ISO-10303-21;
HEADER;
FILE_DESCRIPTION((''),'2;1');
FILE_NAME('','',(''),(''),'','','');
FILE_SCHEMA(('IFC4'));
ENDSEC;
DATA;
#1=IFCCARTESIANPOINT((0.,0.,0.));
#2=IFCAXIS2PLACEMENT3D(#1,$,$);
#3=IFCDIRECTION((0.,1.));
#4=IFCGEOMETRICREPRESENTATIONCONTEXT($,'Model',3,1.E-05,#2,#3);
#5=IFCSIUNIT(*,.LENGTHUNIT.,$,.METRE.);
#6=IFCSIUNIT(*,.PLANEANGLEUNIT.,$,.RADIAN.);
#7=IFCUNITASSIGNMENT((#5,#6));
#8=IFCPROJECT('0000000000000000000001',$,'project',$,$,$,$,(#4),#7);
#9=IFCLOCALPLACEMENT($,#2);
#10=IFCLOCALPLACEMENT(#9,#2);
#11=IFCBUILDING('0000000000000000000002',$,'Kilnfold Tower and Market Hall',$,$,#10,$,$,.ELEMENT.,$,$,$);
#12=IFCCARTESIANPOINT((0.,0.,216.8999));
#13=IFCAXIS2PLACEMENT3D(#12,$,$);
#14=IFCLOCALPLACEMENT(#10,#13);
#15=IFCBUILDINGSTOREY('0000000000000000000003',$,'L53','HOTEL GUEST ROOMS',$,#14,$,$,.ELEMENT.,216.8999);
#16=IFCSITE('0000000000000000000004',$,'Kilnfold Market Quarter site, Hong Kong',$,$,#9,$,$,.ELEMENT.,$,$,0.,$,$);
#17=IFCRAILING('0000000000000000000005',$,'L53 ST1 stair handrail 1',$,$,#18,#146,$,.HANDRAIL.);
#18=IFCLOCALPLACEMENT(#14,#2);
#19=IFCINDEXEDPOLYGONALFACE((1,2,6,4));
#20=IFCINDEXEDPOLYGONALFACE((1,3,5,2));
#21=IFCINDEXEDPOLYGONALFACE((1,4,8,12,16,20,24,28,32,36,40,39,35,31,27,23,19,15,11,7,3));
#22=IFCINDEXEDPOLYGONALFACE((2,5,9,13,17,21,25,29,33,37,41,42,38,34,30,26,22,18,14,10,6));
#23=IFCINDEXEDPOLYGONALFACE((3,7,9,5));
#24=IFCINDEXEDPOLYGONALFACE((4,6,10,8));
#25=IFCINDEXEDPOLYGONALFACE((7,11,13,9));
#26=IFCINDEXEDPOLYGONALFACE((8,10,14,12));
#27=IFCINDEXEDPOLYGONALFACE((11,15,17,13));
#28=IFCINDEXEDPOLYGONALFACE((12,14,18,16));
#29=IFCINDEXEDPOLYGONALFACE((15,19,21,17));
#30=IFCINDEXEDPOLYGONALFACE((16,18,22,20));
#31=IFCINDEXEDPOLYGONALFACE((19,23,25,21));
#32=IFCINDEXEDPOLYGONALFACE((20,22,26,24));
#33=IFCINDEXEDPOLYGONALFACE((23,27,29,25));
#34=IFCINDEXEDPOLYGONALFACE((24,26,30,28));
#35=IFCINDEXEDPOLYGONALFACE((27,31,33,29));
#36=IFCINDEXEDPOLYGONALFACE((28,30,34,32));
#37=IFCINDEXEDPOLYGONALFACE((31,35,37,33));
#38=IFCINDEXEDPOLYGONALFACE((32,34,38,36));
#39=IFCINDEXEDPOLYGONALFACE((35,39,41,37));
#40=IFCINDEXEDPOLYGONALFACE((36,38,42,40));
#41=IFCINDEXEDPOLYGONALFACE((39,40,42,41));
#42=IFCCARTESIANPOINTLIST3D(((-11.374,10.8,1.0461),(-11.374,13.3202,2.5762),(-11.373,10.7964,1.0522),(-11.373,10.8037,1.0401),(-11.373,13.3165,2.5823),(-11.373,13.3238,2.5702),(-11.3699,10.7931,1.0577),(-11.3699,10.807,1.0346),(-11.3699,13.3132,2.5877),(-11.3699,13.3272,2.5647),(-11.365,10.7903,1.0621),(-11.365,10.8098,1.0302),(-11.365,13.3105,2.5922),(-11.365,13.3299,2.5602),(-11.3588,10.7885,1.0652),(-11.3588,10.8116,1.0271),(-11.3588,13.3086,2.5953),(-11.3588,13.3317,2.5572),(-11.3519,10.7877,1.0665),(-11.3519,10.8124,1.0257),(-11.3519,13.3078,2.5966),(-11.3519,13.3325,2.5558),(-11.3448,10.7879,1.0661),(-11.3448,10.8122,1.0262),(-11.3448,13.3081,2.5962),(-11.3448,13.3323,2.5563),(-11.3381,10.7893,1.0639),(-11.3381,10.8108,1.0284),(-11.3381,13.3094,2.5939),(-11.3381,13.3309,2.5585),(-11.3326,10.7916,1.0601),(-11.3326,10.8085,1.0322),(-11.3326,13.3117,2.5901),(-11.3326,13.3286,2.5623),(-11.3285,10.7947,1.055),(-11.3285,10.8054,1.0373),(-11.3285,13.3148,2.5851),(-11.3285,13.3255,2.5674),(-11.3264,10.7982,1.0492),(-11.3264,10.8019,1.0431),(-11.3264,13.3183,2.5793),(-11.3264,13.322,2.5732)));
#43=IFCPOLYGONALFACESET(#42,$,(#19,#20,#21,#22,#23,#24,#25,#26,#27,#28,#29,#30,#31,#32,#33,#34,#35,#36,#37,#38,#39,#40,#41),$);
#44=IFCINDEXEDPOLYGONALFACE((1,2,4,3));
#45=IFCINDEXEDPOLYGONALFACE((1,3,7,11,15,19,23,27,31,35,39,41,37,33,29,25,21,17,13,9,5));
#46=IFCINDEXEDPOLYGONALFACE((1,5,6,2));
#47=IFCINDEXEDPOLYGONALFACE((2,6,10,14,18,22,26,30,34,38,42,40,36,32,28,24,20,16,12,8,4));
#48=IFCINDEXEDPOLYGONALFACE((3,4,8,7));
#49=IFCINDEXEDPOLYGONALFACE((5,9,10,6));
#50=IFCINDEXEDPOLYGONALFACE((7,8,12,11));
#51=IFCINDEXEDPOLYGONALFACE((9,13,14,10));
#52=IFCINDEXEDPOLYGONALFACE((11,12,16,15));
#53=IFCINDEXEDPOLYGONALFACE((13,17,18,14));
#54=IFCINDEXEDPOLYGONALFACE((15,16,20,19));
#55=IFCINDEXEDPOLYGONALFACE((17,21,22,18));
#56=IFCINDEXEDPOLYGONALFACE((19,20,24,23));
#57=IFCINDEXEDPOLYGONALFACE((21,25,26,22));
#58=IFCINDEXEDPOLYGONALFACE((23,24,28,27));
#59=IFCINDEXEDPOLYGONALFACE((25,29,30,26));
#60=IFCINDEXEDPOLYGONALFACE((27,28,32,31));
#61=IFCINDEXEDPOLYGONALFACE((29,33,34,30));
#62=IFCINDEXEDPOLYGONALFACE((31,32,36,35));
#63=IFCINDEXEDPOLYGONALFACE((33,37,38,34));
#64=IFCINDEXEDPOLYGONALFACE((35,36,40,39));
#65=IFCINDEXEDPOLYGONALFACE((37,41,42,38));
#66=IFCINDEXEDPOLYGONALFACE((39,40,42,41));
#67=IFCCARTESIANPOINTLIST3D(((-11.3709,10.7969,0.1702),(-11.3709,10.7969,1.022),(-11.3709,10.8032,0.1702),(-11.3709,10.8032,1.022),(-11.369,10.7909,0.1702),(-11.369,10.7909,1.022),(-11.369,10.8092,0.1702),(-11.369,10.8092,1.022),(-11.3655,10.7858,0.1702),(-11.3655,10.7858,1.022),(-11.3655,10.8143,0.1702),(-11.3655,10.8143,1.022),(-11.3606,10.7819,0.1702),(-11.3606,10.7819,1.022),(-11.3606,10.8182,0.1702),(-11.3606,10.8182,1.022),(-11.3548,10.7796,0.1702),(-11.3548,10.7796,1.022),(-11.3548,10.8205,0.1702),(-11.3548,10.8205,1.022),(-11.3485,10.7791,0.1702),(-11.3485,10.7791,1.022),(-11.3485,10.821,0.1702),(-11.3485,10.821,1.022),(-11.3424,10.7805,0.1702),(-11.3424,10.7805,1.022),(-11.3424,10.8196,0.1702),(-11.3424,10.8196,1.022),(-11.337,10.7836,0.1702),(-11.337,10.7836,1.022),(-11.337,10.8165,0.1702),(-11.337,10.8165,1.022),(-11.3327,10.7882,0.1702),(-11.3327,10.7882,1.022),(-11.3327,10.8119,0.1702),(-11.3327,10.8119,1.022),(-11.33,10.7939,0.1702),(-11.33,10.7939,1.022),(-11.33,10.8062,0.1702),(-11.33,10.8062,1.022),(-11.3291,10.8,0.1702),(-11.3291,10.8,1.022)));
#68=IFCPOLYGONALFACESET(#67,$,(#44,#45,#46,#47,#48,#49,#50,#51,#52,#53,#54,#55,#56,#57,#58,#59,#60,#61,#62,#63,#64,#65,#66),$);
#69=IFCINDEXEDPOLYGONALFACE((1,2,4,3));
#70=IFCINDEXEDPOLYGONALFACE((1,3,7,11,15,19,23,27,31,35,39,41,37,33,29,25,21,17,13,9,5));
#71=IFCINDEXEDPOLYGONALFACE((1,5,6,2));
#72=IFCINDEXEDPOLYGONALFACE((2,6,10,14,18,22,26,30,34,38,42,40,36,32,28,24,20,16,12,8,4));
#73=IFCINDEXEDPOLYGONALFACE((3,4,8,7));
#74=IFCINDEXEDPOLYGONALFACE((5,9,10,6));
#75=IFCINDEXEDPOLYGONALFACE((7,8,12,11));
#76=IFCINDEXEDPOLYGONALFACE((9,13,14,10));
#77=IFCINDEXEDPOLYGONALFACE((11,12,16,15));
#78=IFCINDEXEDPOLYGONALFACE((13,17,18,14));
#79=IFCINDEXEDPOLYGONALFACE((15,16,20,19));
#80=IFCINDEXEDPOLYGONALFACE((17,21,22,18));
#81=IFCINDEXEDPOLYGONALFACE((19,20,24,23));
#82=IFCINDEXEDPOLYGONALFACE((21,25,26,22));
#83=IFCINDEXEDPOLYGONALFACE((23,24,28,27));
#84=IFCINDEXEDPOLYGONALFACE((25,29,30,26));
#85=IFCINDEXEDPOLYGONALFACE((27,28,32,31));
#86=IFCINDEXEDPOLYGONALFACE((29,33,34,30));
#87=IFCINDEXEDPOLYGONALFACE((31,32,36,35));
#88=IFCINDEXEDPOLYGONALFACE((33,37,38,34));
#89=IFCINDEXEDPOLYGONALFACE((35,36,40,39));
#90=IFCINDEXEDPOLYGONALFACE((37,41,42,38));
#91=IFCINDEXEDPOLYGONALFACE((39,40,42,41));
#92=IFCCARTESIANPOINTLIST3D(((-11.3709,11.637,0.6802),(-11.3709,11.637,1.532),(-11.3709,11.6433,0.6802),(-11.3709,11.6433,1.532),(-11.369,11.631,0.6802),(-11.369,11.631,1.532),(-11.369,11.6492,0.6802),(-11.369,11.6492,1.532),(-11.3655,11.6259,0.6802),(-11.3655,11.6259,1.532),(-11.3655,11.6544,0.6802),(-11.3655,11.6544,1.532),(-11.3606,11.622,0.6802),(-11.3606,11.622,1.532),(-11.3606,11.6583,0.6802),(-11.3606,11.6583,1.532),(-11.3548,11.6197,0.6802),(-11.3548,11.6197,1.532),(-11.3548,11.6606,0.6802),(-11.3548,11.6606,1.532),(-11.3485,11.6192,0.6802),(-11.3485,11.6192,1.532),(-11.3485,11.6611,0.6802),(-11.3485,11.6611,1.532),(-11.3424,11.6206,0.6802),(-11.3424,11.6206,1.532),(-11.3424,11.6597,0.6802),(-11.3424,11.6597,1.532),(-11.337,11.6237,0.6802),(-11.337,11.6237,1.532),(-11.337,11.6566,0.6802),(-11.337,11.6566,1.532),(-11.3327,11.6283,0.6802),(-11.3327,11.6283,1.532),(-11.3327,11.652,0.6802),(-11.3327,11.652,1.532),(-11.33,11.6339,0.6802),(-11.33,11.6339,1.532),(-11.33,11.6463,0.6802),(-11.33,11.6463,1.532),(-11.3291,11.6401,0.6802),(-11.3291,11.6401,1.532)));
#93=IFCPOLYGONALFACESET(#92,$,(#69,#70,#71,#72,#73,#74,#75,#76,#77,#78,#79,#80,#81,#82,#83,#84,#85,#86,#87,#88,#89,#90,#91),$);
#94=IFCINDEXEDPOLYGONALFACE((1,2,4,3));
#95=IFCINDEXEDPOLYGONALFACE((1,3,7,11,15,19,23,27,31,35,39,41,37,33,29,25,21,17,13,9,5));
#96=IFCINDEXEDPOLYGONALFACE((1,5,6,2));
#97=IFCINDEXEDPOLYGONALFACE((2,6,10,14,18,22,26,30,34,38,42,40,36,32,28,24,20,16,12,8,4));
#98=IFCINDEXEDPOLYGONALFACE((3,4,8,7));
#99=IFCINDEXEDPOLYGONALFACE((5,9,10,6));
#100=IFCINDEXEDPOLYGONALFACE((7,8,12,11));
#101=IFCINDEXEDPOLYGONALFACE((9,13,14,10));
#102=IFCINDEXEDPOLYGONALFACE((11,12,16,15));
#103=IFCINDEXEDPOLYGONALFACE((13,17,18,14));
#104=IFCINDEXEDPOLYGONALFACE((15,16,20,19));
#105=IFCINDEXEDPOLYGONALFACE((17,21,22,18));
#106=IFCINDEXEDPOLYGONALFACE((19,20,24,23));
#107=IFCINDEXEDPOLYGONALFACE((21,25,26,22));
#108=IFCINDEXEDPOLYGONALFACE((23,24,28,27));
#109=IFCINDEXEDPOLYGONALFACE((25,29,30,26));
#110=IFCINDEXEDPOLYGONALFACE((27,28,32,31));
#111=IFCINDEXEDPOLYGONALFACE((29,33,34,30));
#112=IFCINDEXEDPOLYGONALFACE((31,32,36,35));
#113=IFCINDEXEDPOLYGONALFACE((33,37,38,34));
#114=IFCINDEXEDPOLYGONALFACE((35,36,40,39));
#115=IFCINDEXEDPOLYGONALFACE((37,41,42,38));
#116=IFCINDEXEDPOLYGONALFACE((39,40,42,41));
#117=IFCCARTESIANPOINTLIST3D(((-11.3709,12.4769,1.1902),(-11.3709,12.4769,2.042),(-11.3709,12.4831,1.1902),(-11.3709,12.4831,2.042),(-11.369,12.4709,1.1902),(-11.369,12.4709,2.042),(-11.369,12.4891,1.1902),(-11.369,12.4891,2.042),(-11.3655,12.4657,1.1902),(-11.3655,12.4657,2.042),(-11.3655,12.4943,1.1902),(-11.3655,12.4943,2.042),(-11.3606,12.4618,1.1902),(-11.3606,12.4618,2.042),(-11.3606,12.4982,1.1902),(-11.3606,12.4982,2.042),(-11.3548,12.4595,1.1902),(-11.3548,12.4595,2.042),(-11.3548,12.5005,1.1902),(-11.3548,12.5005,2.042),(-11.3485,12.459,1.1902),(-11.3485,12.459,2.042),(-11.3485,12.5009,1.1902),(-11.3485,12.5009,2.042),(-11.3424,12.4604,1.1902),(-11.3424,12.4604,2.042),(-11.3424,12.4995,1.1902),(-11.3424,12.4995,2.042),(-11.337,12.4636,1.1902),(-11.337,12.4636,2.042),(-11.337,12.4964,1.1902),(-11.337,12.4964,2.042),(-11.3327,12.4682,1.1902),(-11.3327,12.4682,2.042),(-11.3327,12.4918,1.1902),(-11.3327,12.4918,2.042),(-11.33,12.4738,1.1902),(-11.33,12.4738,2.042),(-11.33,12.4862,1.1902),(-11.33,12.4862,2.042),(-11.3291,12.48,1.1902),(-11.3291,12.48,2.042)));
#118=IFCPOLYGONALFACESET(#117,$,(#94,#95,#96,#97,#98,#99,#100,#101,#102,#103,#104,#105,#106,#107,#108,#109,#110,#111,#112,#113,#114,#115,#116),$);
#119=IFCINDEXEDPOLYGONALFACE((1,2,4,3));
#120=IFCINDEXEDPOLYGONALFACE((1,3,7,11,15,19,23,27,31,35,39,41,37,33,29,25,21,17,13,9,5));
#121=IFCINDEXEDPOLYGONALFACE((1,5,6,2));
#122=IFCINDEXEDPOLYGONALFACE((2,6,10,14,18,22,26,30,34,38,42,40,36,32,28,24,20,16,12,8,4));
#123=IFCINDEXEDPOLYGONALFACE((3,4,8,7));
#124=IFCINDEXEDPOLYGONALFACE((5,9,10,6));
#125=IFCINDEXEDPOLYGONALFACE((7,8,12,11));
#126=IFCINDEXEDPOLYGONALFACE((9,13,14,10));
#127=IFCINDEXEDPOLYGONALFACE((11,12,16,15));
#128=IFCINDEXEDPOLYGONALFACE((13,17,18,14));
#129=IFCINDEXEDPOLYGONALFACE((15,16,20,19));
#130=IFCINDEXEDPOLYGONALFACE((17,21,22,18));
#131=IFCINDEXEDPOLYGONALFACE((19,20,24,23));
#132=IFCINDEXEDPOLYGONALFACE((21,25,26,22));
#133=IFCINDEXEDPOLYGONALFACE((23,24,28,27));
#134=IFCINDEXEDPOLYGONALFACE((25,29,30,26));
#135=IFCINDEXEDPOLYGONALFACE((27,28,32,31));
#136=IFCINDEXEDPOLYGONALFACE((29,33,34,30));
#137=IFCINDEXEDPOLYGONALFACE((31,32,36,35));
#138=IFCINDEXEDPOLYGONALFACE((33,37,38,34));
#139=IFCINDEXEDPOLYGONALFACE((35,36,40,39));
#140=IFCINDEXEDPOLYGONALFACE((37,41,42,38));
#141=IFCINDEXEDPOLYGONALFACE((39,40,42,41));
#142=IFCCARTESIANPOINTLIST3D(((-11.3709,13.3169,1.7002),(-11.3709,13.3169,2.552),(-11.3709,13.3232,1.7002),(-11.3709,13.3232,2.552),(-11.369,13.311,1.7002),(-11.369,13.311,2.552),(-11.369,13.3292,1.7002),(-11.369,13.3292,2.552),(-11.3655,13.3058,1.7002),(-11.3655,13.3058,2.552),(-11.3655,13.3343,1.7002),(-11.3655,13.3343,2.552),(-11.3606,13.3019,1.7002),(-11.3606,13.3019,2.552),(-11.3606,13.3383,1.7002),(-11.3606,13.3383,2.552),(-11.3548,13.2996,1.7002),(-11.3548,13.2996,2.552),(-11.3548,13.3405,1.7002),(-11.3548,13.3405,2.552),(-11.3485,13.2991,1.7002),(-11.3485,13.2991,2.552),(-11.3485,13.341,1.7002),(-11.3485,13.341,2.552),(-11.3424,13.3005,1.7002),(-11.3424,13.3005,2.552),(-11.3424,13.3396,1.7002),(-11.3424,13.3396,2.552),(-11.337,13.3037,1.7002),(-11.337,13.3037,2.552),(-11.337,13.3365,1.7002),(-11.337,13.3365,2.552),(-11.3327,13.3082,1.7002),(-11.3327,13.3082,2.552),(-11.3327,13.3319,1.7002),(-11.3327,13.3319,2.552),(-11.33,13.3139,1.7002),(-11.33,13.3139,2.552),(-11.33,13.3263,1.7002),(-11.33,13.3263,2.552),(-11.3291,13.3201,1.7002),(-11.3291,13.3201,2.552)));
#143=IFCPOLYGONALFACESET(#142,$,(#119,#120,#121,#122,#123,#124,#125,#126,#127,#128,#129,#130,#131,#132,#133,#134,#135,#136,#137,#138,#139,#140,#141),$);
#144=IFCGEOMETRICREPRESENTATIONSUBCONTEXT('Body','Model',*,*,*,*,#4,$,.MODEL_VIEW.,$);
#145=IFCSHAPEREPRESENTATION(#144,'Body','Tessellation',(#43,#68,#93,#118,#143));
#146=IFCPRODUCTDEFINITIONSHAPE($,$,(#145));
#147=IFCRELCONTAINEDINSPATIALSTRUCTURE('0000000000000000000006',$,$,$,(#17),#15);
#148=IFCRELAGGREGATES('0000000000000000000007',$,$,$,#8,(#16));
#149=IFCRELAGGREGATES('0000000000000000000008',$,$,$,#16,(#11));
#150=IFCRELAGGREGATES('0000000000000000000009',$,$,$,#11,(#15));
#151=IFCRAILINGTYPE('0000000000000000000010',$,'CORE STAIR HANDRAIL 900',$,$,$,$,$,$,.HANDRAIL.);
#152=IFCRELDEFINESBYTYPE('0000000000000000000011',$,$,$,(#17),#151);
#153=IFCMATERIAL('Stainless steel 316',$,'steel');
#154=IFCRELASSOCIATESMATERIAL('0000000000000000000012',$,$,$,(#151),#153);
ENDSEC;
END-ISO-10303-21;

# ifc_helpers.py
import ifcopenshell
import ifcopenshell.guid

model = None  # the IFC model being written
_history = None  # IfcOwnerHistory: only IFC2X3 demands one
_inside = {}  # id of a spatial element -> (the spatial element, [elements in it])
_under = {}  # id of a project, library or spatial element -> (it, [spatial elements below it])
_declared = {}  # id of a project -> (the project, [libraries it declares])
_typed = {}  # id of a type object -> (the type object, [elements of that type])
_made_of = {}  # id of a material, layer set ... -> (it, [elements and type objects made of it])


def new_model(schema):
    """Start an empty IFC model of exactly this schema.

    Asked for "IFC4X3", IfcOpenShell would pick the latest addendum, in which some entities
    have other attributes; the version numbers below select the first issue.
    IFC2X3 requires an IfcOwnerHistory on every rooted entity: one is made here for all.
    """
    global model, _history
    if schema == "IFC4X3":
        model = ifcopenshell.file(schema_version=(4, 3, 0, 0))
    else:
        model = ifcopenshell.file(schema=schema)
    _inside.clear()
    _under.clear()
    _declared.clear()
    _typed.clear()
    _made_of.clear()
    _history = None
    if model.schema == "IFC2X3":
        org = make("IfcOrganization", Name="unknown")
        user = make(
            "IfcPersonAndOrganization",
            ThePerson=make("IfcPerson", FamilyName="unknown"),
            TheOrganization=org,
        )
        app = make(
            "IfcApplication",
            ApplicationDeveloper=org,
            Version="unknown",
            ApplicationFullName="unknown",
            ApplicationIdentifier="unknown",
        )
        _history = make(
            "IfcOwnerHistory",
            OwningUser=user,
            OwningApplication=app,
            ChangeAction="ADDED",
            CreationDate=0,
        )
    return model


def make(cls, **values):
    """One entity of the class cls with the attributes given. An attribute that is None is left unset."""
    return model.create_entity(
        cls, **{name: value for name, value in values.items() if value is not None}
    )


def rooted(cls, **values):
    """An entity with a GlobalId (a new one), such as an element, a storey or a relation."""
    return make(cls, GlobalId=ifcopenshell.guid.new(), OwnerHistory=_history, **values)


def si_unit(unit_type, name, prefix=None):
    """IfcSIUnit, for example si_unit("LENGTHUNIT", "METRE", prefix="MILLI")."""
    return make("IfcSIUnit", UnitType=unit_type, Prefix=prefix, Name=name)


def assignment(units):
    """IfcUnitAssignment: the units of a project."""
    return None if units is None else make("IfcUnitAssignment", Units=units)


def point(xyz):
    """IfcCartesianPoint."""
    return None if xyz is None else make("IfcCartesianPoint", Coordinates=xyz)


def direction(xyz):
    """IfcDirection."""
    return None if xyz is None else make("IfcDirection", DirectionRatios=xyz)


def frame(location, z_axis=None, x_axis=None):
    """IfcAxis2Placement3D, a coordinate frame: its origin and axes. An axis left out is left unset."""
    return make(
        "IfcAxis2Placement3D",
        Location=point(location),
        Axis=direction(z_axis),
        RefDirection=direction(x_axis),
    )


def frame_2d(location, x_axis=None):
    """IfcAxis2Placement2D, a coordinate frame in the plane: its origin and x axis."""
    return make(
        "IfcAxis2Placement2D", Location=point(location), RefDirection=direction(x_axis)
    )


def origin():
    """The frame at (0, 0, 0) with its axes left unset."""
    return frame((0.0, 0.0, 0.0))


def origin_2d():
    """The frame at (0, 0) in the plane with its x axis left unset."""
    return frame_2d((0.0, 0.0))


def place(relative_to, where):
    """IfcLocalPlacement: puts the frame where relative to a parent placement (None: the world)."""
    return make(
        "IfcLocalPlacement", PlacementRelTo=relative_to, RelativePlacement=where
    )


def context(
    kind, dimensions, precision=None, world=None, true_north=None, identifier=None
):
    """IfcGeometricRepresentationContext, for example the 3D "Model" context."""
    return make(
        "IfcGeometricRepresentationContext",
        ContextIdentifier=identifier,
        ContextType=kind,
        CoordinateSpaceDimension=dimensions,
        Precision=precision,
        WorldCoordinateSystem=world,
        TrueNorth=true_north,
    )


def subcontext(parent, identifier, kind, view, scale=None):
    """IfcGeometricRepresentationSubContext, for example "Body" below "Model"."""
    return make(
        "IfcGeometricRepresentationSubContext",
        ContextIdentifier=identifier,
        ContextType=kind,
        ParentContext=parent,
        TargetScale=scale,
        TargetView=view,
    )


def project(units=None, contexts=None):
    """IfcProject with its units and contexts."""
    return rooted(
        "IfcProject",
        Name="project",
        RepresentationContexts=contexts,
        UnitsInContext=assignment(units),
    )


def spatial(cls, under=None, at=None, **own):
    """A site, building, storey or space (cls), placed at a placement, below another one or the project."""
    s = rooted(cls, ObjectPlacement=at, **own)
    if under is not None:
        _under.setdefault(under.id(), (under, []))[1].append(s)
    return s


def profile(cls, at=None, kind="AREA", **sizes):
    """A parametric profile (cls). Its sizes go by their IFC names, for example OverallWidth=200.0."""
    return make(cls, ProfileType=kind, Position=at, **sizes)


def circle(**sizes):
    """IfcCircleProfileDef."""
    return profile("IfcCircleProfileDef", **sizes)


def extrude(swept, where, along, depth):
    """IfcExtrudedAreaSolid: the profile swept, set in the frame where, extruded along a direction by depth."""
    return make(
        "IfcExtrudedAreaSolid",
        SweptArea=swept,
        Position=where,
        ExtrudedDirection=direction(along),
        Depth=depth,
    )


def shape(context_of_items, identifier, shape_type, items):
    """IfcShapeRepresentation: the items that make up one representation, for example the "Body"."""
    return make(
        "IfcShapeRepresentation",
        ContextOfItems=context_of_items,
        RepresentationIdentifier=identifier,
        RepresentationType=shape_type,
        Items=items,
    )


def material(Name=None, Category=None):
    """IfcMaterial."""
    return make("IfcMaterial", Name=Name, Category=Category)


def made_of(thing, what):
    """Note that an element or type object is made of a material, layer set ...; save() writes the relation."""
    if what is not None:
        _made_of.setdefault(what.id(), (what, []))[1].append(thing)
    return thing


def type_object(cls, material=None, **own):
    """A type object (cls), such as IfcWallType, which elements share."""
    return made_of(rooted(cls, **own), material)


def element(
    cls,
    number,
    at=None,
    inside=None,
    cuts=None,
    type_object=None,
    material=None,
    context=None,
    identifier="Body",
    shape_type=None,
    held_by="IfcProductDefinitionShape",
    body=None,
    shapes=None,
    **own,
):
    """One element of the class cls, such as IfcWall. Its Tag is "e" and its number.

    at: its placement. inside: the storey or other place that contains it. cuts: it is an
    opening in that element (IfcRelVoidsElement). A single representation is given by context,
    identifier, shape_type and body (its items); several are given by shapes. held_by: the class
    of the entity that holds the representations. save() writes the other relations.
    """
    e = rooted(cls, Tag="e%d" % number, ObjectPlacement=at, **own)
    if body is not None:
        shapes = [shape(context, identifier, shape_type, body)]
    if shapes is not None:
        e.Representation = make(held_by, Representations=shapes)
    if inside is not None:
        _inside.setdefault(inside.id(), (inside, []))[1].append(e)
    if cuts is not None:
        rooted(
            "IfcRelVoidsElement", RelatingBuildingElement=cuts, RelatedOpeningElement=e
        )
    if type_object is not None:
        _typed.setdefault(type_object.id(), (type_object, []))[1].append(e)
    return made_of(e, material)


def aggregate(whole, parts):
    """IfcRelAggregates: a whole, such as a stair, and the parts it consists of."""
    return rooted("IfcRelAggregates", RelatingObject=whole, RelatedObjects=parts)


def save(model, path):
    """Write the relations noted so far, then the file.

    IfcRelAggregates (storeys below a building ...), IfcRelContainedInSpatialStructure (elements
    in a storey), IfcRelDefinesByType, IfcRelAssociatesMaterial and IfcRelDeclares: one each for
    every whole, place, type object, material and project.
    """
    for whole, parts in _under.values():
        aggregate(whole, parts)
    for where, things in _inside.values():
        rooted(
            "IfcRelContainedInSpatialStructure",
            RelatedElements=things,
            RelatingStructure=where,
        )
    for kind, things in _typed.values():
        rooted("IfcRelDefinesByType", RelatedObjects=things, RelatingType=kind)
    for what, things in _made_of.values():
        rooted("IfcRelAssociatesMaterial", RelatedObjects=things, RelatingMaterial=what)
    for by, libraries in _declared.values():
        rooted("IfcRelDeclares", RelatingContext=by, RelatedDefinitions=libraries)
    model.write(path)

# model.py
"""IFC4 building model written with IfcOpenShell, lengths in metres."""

from ifc_helpers import new_model, si_unit, direction, frame, origin, origin_2d, place, context, subcontext, project, spatial, circle, extrude, material, type_object, element, save


model = new_model("IFC4")

# Units and contexts
model_context = context("Model", 3, precision=1e-05, world=origin(), true_north=direction((0.0, 1.0)))
body_context = subcontext(model_context, "Body", "Model", "MODEL_VIEW")
ifc_project = project(units=[si_unit("LENGTHUNIT", "METRE"), si_unit("PLANEANGLEUNIT", "RADIAN")], contexts=[model_context])

# Site, building, storey
site_placement = place(None, origin())
site = spatial("IfcSite", under=ifc_project, at=site_placement, Name="Kilnfold Market Quarter site, Hong Kong", CompositionType="ELEMENT", RefElevation=0.0)
building_placement = place(site_placement, origin())
building = spatial("IfcBuilding", under=site, at=building_placement, Name="Kilnfold Tower and Market Hall", CompositionType="ELEMENT")
storey_placement = place(building_placement, frame((0.0, 0.0, 216.8999)))
storey = spatial("IfcBuildingStorey", under=building, at=storey_placement, Name="L53", Description="HOTEL GUEST ROOMS", CompositionType="ELEMENT", Elevation=216.8999)

# Railing
ifc_material_1 = material(Name="Stainless steel 316", Category="steel")
railing_type_1 = type_object("IfcRailingType", Name="CORE STAIR HANDRAIL 900", PredefinedType="HANDRAIL", material=ifc_material_1)
railing_1_placement = place(storey_placement, frame((-11.3501, 10.8, 0.1702)))
element("IfcRailing", 1, at=railing_1_placement, inside=storey, type_object=railing_type_1, Name="L53 ST1 stair handrail 1", PredefinedType="HANDRAIL", context=body_context, shape_type="SweptSolid", body=[
    extrude(circle(Radius=0.0239, at=origin_2d()), frame((0.0, 0.0, 0.876), z_axis=(0.0, 0.854785, 0.518982), x_axis=(-1.0, 0.0, 0.0)), (0.0, 0.0, 1.0), 2.9482),
    extrude(circle(Radius=0.021, at=origin_2d()), origin(), (0.0, 0.0, 1.0), 0.8518),
    extrude(circle(Radius=0.021, at=origin_2d()), frame((0.0, 0.8401, 0.51)), (0.0, 0.0, 1.0), 0.8518),
    extrude(circle(Radius=0.021, at=origin_2d()), frame((0.0, 1.6799, 1.02)), (0.0, 0.0, 1.0), 0.8518),
    extrude(circle(Radius=0.021, at=origin_2d()), frame((0.0, 2.52, 1.53)), (0.0, 0.0, 1.0), 0.8518),
])

save(model, "model.ifc")
